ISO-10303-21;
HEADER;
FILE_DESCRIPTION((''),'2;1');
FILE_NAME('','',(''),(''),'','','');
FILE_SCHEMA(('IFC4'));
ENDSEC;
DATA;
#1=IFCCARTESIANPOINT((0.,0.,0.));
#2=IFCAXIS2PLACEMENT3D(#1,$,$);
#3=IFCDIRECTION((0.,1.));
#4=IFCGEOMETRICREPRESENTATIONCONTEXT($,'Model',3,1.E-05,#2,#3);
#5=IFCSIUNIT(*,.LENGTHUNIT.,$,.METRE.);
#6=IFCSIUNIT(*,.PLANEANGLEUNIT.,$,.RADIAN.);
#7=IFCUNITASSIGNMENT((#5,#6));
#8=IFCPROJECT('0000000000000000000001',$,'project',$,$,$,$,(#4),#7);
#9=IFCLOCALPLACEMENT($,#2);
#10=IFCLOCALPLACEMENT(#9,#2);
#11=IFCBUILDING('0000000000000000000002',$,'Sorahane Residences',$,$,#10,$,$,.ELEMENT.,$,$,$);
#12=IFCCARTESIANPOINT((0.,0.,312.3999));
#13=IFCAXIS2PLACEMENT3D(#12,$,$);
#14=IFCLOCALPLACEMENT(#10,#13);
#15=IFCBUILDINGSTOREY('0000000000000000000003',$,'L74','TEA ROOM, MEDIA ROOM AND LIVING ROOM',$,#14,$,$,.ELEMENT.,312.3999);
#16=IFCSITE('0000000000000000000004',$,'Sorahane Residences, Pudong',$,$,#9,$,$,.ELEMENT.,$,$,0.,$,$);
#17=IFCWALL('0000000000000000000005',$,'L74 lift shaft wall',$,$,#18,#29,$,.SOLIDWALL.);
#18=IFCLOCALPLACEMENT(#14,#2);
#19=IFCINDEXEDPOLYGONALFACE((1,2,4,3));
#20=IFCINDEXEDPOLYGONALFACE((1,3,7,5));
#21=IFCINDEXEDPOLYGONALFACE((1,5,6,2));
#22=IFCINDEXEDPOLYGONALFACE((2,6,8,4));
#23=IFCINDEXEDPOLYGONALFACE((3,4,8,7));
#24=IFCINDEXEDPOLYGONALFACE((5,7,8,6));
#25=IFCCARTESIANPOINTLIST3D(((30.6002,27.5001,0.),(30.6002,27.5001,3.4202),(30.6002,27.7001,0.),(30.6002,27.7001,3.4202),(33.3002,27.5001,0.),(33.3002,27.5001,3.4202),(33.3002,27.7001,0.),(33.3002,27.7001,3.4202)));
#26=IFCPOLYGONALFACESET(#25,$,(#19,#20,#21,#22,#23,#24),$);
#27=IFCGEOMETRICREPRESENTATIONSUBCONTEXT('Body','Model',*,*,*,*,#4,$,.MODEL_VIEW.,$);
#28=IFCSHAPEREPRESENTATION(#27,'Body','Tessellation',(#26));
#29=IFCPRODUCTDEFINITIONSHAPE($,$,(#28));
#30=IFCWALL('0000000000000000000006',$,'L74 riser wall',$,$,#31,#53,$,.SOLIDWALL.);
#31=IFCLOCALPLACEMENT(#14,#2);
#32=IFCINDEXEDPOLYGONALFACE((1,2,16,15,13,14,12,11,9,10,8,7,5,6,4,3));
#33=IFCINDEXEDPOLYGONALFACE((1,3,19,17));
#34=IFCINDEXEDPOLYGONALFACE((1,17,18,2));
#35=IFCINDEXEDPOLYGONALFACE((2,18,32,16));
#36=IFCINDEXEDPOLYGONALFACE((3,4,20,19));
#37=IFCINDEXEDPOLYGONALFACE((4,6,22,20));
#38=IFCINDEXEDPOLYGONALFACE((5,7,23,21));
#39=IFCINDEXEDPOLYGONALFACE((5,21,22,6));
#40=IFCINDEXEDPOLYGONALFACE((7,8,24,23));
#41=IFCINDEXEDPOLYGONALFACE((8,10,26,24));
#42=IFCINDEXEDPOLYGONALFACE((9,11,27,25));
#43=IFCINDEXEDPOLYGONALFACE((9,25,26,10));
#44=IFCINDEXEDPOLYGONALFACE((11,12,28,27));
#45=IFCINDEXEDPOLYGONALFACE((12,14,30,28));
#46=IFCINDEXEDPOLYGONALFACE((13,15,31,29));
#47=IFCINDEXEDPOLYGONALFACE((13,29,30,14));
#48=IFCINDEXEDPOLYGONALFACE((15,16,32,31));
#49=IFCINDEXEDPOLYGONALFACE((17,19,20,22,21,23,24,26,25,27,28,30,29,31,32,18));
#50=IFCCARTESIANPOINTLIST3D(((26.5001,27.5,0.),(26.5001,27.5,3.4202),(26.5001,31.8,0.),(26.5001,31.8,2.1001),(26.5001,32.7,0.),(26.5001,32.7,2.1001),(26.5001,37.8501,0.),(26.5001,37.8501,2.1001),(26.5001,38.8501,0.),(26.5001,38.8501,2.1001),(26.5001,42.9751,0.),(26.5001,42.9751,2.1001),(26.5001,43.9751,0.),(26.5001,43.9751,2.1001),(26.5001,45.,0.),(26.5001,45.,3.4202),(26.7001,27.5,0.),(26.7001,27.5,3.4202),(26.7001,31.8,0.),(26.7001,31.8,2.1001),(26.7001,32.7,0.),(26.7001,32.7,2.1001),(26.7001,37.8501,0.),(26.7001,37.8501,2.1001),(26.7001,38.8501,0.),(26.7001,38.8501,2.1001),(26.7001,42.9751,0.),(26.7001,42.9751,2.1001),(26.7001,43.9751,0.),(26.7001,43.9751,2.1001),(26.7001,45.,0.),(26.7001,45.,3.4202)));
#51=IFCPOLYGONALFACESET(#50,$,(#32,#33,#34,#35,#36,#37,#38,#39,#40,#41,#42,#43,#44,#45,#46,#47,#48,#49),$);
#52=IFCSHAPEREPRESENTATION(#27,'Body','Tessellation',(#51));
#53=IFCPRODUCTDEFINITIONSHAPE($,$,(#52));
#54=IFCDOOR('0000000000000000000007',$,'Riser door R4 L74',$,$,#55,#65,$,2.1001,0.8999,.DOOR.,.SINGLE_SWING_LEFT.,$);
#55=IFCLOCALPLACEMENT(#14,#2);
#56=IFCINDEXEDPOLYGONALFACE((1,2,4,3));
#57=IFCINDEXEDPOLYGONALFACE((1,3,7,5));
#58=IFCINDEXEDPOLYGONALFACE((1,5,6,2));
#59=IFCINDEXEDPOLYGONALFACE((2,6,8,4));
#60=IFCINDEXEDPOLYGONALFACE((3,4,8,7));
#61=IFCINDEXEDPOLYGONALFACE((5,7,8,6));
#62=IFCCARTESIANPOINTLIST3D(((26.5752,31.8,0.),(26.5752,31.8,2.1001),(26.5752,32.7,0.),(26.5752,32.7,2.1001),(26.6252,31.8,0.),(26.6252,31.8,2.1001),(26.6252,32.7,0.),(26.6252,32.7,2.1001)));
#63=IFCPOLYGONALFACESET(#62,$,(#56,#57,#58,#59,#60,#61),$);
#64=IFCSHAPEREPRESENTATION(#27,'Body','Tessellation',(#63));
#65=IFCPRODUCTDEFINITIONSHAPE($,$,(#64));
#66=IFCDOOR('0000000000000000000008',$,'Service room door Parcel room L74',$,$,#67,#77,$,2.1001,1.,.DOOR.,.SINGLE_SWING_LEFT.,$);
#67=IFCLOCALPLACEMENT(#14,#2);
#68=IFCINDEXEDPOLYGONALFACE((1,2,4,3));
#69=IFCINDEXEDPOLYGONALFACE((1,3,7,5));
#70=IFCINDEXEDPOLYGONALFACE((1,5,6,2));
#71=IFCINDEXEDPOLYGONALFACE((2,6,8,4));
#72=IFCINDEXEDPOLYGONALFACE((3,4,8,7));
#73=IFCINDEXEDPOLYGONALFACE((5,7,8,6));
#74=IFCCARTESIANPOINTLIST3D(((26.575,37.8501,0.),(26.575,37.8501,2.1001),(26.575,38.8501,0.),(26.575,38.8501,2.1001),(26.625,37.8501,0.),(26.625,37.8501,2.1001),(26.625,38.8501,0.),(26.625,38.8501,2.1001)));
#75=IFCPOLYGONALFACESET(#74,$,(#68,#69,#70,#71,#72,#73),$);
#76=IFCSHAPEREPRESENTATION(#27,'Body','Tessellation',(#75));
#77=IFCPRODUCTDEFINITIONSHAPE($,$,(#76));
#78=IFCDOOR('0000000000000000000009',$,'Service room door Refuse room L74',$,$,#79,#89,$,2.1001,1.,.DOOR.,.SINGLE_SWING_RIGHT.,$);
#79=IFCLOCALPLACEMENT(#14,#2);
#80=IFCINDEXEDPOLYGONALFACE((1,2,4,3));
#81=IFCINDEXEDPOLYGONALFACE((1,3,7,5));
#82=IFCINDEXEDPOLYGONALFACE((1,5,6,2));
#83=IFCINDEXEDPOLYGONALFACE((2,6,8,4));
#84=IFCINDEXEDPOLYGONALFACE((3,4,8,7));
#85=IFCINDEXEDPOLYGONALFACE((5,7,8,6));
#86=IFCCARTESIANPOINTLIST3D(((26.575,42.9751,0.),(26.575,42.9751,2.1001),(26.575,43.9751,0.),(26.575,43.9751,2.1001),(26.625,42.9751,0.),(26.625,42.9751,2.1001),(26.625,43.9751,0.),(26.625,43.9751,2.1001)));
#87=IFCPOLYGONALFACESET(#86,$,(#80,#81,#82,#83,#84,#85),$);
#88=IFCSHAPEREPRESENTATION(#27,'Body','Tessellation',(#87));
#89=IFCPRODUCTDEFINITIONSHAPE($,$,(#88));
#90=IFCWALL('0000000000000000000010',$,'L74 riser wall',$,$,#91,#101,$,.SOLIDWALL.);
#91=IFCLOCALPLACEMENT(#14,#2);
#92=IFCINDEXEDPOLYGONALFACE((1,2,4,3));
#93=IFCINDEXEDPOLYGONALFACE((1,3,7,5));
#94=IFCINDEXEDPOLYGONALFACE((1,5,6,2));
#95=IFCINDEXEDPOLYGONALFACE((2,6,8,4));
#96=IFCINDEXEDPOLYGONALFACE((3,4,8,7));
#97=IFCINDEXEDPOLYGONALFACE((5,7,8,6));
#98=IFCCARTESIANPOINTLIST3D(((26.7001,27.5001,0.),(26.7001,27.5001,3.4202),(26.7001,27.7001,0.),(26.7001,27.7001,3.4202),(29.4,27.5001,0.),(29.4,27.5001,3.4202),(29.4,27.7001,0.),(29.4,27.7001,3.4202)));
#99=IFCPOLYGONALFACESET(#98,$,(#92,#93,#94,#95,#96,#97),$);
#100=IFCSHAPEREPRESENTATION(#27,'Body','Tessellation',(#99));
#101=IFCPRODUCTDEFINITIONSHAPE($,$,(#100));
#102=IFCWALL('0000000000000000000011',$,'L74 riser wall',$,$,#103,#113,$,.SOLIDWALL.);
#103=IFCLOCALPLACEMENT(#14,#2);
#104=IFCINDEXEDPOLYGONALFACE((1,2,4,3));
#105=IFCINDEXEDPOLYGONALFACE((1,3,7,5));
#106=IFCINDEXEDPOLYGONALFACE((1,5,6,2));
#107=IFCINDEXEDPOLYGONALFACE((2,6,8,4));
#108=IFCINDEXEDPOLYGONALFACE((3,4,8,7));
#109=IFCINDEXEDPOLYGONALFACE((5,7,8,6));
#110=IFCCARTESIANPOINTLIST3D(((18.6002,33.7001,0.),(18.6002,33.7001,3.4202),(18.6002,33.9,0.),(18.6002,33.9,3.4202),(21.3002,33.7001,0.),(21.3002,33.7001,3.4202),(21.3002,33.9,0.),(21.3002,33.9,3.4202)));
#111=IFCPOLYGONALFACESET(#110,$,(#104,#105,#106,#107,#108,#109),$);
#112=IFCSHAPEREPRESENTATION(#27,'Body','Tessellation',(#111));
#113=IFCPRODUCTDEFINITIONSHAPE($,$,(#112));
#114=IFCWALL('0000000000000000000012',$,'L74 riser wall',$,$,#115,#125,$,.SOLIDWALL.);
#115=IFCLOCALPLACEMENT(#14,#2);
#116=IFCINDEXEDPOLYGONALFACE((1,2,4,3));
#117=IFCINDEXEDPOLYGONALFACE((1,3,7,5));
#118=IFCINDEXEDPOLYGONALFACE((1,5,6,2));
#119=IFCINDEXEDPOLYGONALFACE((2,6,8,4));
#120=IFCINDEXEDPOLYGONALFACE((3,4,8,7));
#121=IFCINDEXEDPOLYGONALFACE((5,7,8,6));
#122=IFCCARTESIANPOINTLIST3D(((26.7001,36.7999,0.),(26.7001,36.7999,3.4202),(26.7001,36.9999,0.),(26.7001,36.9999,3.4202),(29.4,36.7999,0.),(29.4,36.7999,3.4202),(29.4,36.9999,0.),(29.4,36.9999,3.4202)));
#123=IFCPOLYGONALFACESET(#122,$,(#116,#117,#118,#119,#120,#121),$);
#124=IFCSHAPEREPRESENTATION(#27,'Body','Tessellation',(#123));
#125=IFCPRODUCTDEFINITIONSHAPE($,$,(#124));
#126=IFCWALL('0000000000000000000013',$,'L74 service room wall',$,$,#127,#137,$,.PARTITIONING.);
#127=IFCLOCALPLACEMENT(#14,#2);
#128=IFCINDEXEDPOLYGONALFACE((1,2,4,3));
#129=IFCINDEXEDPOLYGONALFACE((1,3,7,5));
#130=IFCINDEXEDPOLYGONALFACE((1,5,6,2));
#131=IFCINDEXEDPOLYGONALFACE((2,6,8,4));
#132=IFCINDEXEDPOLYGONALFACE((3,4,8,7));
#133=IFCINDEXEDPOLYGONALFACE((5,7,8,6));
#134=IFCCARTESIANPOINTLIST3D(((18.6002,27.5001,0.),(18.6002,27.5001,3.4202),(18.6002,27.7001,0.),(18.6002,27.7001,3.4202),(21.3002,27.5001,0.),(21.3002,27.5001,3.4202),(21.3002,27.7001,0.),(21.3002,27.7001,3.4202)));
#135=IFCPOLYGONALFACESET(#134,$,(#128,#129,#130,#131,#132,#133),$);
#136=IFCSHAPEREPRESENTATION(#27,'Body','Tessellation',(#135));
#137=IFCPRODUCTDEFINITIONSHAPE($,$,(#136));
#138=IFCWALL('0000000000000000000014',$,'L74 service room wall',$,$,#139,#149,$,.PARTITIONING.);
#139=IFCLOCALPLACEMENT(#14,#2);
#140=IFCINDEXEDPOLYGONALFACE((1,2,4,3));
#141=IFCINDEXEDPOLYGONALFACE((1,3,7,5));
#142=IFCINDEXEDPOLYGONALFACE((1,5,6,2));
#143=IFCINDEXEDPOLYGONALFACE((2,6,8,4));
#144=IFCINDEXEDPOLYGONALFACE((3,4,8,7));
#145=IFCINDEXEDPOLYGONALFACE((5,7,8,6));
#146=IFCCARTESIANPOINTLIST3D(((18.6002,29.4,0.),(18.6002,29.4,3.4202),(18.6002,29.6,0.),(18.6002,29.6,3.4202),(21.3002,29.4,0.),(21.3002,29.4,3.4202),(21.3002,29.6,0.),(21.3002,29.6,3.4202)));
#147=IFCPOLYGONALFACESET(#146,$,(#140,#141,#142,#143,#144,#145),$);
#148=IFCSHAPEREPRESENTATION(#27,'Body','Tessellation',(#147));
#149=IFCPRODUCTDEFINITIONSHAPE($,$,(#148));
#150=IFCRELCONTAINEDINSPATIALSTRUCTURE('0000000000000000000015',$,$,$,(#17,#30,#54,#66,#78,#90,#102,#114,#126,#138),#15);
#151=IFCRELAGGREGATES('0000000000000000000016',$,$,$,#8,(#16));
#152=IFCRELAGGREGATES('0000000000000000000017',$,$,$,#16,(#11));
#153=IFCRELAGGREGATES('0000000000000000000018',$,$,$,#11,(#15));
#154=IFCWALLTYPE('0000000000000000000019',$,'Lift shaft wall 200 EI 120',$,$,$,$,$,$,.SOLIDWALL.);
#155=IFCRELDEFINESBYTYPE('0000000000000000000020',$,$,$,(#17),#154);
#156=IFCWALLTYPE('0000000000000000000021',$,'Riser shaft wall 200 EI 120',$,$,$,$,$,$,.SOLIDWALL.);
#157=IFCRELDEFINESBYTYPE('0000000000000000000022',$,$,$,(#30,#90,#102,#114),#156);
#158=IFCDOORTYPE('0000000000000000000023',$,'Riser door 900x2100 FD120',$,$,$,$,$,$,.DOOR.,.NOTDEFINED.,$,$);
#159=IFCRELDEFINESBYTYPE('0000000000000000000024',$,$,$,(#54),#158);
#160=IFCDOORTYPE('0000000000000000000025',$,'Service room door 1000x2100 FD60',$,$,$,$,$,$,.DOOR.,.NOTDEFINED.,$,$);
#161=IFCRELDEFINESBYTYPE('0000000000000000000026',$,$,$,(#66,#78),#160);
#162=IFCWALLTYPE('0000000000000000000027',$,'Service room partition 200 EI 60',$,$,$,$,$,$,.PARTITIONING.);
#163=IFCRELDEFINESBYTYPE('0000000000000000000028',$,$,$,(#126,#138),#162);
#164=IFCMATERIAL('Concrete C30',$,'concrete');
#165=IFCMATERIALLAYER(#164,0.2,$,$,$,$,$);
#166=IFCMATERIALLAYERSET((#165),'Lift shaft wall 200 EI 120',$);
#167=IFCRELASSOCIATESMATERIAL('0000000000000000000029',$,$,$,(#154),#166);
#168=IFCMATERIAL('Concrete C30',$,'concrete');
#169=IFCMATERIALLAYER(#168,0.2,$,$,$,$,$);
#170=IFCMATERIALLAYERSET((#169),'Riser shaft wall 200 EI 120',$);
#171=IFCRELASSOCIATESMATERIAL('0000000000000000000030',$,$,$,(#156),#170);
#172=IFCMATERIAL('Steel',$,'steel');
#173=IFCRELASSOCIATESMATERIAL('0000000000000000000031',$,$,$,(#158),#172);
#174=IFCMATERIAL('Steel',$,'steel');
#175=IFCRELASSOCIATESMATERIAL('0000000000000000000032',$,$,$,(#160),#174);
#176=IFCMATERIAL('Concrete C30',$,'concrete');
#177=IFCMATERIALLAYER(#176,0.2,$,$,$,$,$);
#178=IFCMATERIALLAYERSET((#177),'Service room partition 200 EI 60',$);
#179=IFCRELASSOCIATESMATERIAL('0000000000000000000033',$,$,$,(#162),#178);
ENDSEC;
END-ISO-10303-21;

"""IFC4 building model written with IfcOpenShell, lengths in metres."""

from ifc_helpers import new_model, si_unit, direction, frame, frame_2d, origin, place, context, subcontext, project, spatial, rectangle, extrude, material, layer, layer_set, type_object, element, fill, save


model = new_model("IFC4")

# Units and contexts
model_context = context("Model", 3, precision=1e-05, world=origin(), true_north=direction((0.0, 1.0)))
body_context = subcontext(model_context, "Body", "Model", "MODEL_VIEW")
ifc_project = project(units=[si_unit("LENGTHUNIT", "METRE"), si_unit("PLANEANGLEUNIT", "RADIAN")], contexts=[model_context])

# Site, building, storey
site_placement = place(None, origin())
site = spatial("IfcSite", under=ifc_project, at=site_placement, Name="Sorahane Residences, Pudong", CompositionType="ELEMENT", RefElevation=0.0)
building_placement = place(site_placement, origin())
building = spatial("IfcBuilding", under=site, at=building_placement, Name="Sorahane Residences", CompositionType="ELEMENT")
storey_placement = place(building_placement, frame((0.0, 0.0, 312.3999)))
storey = spatial("IfcBuildingStorey", under=building, at=storey_placement, Name="L74", Description="TEA ROOM, MEDIA ROOM AND LIVING ROOM", CompositionType="ELEMENT", Elevation=312.3999)

# Wall
ifc_material_1 = material(Name="Concrete C30", Category="concrete")
ifc_layer_1 = layer(ifc_material_1, 0.2)
ifc_layer_set_1 = layer_set([ifc_layer_1], Name="Lift shaft wall 200 EI 120")
wall_type_1 = type_object("IfcWallType", Name="Lift shaft wall 200 EI 120", PredefinedType="SOLIDWALL", material=ifc_layer_set_1)
wall_1_placement = place(storey_placement, frame((30.6001, 27.6001, 0.0), z_axis=(0.0, 0.0, 1.0), x_axis=(1.0, 0.0, 0.0)))
element("IfcWall", 1, at=wall_1_placement, inside=storey, type_object=wall_type_1, Name="L74 lift shaft wall", PredefinedType="SOLIDWALL", context=body_context, shape_type="SweptSolid", body=[
    extrude(rectangle(XDim=2.7, YDim=0.2, at=frame_2d((1.3501, 0.0))), origin(), (0.0, 0.0, 1.0), 3.4202),
])

# Wall, openings, doors
ifc_material_2 = material(Name="Concrete C30", Category="concrete")
ifc_layer_2 = layer(ifc_material_2, 0.2)
ifc_layer_set_2 = layer_set([ifc_layer_2], Name="Riser shaft wall 200 EI 120")
wall_type_2 = type_object("IfcWallType", Name="Riser shaft wall 200 EI 120", PredefinedType="SOLIDWALL", material=ifc_layer_set_2)
wall_2_placement = place(storey_placement, frame((26.6001, 27.5, 0.0), z_axis=(0.0, 0.0, 1.0), x_axis=(0.0, 1.0, 0.0)))
wall_2 = element("IfcWall", 2, at=wall_2_placement, inside=storey, type_object=wall_type_2, Name="L74 riser wall", PredefinedType="SOLIDWALL", context=body_context, shape_type="SweptSolid", body=[
    extrude(rectangle(XDim=17.5, YDim=0.2, at=frame_2d((8.75, 0.0))), origin(), (0.0, 0.0, 1.0), 3.4202),
])
opening_1_placement = place(wall_2_placement, frame((4.3, 0.0, 0.0)))
opening_1 = element("IfcOpeningElement", 3, at=opening_1_placement, cuts=wall_2, PredefinedType="OPENING", context=body_context, shape_type="SweptSolid", body=[
    extrude(rectangle(XDim=0.8999, YDim=2.1001, at=frame_2d((0.45, 1.05))), frame((0.0, 0.1099, 0.0), z_axis=(0.0, -1.0, 0.0), x_axis=(1.0, 0.0, 0.0)), (0.0, 0.0, 1.0), 0.22),
])
opening_2_placement = place(wall_2_placement, frame((10.3501, 0.0, 0.0)))
opening_2 = element("IfcOpeningElement", 4, at=opening_2_placement, cuts=wall_2, PredefinedType="OPENING", context=body_context, shape_type="SweptSolid", body=[
    extrude(rectangle(XDim=1.0, YDim=2.1001, at=frame_2d((0.5, 1.05))), frame((0.0, 0.1099, 0.0), z_axis=(0.0, -1.0, 0.0), x_axis=(1.0, 0.0, 0.0)), (0.0, 0.0, 1.0), 0.22),
])
opening_3_placement = place(wall_2_placement, frame((15.4751, 0.0, 0.0)))
opening_3 = element("IfcOpeningElement", 5, at=opening_3_placement, cuts=wall_2, PredefinedType="OPENING", context=body_context, shape_type="SweptSolid", body=[
    extrude(rectangle(XDim=1.0, YDim=2.1001, at=frame_2d((0.5, 1.05))), frame((0.0, 0.1099, 0.0), z_axis=(0.0, -1.0, 0.0), x_axis=(1.0, 0.0, 0.0)), (0.0, 0.0, 1.0), 0.22),
])
ifc_material_3 = material(Name="Steel", Category="steel")
door_type_1 = type_object("IfcDoorType", Name="Riser door 900x2100 FD120", OperationType="NOTDEFINED", PredefinedType="DOOR", material=ifc_material_3)
door_1_placement = place(opening_1_placement, origin())
door_1 = element("IfcDoor", 6, at=door_1_placement, inside=storey, type_object=door_type_1, Name="Riser door R4 L74", OperationType="SINGLE_SWING_LEFT", OverallHeight=2.1001, OverallWidth=0.8999, PredefinedType="DOOR", context=body_context, shape_type="SweptSolid", body=[
    extrude(rectangle(XDim=0.8999, YDim=2.1001, at=frame_2d((0.45, 1.05))), frame((0.0, 0.0249, 0.0), z_axis=(0.0, -1.0, 0.0), x_axis=(1.0, 0.0, 0.0)), (0.0, 0.0, 1.0), 0.05),
])
fill(opening_1, door_1)
ifc_material_4 = material(Name="Steel", Category="steel")
door_type_2 = type_object("IfcDoorType", Name="Service room door 1000x2100 FD60", OperationType="NOTDEFINED", PredefinedType="DOOR", material=ifc_material_4)
door_2_placement = place(opening_2_placement, frame((1.0, 0.0, 0.0), z_axis=(0.0, 0.0, 1.0), x_axis=(-1.0, 0.0, 0.0)))
door_2 = element("IfcDoor", 7, at=door_2_placement, inside=storey, type_object=door_type_2, Name="Service room door Parcel room L74", OperationType="SINGLE_SWING_LEFT", OverallHeight=2.1001, OverallWidth=1.0, PredefinedType="DOOR", context=body_context, shape_type="SweptSolid", body=[
    extrude(rectangle(XDim=1.0, YDim=2.1001, at=frame_2d((0.5, 1.05))), frame((0.0, 0.0249, 0.0), z_axis=(0.0, -1.0, 0.0), x_axis=(1.0, 0.0, 0.0)), (0.0, 0.0, 1.0), 0.05),
])
fill(opening_2, door_2)
door_3_placement = place(opening_3_placement, frame((1.0, 0.0, 0.0), z_axis=(0.0, 0.0, 1.0), x_axis=(-1.0, 0.0, 0.0)))
door_3 = element("IfcDoor", 8, at=door_3_placement, inside=storey, type_object=door_type_2, Name="Service room door Refuse room L74", OperationType="SINGLE_SWING_RIGHT", OverallHeight=2.1001, OverallWidth=1.0, PredefinedType="DOOR", context=body_context, shape_type="SweptSolid", body=[
    extrude(rectangle(XDim=1.0, YDim=2.1001, at=frame_2d((0.5, 1.05))), frame((0.0, 0.0249, 0.0), z_axis=(0.0, -1.0, 0.0), x_axis=(1.0, 0.0, 0.0)), (0.0, 0.0, 1.0), 0.05),
])
fill(opening_3, door_3)

# Walls
for number, where, z_axis, x_axis, name in (
    (9, (26.7, 27.6001, 0.0), (0.0, 0.0, 1.0), (1.0, 0.0, 0.0), "L74 riser wall"),
    (10, (18.6001, 33.8, 0.0), (0.0, 0.0, 1.0), (1.0, 0.0, 0.0), "L74 riser wall"),
    (11, (26.7, 36.8999, 0.0), (0.0, 0.0, 1.0), (1.0, 0.0, 0.0), "L74 riser wall"),
):
    element("IfcWall", number, at=place(storey_placement, frame(where, z_axis=z_axis, x_axis=x_axis)), inside=storey, type_object=wall_type_2, Name=name, PredefinedType="SOLIDWALL", context=body_context, shape_type="SweptSolid", body=[
        extrude(rectangle(XDim=2.7, YDim=0.2, at=frame_2d((1.3501, 0.0))), origin(), (0.0, 0.0, 1.0), 3.4202),
    ])
ifc_material_5 = material(Name="Concrete C30", Category="concrete")
ifc_layer_3 = layer(ifc_material_5, 0.2)
ifc_layer_set_3 = layer_set([ifc_layer_3], Name="Service room partition 200 EI 60")
wall_type_3 = type_object("IfcWallType", Name="Service room partition 200 EI 60", PredefinedType="PARTITIONING", material=ifc_layer_set_3)
for number, where, z_axis, x_axis, name in (
    (12, (18.6001, 27.6001, 0.0), (0.0, 0.0, 1.0), (1.0, 0.0, 0.0), "L74 service room wall"),
    (13, (18.6001, 29.5, 0.0), (0.0, 0.0, 1.0), (1.0, 0.0, 0.0), "L74 service room wall"),
):
    element("IfcWall", number, at=place(storey_placement, frame(where, z_axis=z_axis, x_axis=x_axis)), inside=storey, type_object=wall_type_3, Name=name, PredefinedType="PARTITIONING", context=body_context, shape_type="SweptSolid", body=[
        extrude(rectangle(XDim=2.7, YDim=0.2, at=frame_2d((1.3501, 0.0))), origin(), (0.0, 0.0, 1.0), 3.4202),
    ])

save(model, "model.ifc")
